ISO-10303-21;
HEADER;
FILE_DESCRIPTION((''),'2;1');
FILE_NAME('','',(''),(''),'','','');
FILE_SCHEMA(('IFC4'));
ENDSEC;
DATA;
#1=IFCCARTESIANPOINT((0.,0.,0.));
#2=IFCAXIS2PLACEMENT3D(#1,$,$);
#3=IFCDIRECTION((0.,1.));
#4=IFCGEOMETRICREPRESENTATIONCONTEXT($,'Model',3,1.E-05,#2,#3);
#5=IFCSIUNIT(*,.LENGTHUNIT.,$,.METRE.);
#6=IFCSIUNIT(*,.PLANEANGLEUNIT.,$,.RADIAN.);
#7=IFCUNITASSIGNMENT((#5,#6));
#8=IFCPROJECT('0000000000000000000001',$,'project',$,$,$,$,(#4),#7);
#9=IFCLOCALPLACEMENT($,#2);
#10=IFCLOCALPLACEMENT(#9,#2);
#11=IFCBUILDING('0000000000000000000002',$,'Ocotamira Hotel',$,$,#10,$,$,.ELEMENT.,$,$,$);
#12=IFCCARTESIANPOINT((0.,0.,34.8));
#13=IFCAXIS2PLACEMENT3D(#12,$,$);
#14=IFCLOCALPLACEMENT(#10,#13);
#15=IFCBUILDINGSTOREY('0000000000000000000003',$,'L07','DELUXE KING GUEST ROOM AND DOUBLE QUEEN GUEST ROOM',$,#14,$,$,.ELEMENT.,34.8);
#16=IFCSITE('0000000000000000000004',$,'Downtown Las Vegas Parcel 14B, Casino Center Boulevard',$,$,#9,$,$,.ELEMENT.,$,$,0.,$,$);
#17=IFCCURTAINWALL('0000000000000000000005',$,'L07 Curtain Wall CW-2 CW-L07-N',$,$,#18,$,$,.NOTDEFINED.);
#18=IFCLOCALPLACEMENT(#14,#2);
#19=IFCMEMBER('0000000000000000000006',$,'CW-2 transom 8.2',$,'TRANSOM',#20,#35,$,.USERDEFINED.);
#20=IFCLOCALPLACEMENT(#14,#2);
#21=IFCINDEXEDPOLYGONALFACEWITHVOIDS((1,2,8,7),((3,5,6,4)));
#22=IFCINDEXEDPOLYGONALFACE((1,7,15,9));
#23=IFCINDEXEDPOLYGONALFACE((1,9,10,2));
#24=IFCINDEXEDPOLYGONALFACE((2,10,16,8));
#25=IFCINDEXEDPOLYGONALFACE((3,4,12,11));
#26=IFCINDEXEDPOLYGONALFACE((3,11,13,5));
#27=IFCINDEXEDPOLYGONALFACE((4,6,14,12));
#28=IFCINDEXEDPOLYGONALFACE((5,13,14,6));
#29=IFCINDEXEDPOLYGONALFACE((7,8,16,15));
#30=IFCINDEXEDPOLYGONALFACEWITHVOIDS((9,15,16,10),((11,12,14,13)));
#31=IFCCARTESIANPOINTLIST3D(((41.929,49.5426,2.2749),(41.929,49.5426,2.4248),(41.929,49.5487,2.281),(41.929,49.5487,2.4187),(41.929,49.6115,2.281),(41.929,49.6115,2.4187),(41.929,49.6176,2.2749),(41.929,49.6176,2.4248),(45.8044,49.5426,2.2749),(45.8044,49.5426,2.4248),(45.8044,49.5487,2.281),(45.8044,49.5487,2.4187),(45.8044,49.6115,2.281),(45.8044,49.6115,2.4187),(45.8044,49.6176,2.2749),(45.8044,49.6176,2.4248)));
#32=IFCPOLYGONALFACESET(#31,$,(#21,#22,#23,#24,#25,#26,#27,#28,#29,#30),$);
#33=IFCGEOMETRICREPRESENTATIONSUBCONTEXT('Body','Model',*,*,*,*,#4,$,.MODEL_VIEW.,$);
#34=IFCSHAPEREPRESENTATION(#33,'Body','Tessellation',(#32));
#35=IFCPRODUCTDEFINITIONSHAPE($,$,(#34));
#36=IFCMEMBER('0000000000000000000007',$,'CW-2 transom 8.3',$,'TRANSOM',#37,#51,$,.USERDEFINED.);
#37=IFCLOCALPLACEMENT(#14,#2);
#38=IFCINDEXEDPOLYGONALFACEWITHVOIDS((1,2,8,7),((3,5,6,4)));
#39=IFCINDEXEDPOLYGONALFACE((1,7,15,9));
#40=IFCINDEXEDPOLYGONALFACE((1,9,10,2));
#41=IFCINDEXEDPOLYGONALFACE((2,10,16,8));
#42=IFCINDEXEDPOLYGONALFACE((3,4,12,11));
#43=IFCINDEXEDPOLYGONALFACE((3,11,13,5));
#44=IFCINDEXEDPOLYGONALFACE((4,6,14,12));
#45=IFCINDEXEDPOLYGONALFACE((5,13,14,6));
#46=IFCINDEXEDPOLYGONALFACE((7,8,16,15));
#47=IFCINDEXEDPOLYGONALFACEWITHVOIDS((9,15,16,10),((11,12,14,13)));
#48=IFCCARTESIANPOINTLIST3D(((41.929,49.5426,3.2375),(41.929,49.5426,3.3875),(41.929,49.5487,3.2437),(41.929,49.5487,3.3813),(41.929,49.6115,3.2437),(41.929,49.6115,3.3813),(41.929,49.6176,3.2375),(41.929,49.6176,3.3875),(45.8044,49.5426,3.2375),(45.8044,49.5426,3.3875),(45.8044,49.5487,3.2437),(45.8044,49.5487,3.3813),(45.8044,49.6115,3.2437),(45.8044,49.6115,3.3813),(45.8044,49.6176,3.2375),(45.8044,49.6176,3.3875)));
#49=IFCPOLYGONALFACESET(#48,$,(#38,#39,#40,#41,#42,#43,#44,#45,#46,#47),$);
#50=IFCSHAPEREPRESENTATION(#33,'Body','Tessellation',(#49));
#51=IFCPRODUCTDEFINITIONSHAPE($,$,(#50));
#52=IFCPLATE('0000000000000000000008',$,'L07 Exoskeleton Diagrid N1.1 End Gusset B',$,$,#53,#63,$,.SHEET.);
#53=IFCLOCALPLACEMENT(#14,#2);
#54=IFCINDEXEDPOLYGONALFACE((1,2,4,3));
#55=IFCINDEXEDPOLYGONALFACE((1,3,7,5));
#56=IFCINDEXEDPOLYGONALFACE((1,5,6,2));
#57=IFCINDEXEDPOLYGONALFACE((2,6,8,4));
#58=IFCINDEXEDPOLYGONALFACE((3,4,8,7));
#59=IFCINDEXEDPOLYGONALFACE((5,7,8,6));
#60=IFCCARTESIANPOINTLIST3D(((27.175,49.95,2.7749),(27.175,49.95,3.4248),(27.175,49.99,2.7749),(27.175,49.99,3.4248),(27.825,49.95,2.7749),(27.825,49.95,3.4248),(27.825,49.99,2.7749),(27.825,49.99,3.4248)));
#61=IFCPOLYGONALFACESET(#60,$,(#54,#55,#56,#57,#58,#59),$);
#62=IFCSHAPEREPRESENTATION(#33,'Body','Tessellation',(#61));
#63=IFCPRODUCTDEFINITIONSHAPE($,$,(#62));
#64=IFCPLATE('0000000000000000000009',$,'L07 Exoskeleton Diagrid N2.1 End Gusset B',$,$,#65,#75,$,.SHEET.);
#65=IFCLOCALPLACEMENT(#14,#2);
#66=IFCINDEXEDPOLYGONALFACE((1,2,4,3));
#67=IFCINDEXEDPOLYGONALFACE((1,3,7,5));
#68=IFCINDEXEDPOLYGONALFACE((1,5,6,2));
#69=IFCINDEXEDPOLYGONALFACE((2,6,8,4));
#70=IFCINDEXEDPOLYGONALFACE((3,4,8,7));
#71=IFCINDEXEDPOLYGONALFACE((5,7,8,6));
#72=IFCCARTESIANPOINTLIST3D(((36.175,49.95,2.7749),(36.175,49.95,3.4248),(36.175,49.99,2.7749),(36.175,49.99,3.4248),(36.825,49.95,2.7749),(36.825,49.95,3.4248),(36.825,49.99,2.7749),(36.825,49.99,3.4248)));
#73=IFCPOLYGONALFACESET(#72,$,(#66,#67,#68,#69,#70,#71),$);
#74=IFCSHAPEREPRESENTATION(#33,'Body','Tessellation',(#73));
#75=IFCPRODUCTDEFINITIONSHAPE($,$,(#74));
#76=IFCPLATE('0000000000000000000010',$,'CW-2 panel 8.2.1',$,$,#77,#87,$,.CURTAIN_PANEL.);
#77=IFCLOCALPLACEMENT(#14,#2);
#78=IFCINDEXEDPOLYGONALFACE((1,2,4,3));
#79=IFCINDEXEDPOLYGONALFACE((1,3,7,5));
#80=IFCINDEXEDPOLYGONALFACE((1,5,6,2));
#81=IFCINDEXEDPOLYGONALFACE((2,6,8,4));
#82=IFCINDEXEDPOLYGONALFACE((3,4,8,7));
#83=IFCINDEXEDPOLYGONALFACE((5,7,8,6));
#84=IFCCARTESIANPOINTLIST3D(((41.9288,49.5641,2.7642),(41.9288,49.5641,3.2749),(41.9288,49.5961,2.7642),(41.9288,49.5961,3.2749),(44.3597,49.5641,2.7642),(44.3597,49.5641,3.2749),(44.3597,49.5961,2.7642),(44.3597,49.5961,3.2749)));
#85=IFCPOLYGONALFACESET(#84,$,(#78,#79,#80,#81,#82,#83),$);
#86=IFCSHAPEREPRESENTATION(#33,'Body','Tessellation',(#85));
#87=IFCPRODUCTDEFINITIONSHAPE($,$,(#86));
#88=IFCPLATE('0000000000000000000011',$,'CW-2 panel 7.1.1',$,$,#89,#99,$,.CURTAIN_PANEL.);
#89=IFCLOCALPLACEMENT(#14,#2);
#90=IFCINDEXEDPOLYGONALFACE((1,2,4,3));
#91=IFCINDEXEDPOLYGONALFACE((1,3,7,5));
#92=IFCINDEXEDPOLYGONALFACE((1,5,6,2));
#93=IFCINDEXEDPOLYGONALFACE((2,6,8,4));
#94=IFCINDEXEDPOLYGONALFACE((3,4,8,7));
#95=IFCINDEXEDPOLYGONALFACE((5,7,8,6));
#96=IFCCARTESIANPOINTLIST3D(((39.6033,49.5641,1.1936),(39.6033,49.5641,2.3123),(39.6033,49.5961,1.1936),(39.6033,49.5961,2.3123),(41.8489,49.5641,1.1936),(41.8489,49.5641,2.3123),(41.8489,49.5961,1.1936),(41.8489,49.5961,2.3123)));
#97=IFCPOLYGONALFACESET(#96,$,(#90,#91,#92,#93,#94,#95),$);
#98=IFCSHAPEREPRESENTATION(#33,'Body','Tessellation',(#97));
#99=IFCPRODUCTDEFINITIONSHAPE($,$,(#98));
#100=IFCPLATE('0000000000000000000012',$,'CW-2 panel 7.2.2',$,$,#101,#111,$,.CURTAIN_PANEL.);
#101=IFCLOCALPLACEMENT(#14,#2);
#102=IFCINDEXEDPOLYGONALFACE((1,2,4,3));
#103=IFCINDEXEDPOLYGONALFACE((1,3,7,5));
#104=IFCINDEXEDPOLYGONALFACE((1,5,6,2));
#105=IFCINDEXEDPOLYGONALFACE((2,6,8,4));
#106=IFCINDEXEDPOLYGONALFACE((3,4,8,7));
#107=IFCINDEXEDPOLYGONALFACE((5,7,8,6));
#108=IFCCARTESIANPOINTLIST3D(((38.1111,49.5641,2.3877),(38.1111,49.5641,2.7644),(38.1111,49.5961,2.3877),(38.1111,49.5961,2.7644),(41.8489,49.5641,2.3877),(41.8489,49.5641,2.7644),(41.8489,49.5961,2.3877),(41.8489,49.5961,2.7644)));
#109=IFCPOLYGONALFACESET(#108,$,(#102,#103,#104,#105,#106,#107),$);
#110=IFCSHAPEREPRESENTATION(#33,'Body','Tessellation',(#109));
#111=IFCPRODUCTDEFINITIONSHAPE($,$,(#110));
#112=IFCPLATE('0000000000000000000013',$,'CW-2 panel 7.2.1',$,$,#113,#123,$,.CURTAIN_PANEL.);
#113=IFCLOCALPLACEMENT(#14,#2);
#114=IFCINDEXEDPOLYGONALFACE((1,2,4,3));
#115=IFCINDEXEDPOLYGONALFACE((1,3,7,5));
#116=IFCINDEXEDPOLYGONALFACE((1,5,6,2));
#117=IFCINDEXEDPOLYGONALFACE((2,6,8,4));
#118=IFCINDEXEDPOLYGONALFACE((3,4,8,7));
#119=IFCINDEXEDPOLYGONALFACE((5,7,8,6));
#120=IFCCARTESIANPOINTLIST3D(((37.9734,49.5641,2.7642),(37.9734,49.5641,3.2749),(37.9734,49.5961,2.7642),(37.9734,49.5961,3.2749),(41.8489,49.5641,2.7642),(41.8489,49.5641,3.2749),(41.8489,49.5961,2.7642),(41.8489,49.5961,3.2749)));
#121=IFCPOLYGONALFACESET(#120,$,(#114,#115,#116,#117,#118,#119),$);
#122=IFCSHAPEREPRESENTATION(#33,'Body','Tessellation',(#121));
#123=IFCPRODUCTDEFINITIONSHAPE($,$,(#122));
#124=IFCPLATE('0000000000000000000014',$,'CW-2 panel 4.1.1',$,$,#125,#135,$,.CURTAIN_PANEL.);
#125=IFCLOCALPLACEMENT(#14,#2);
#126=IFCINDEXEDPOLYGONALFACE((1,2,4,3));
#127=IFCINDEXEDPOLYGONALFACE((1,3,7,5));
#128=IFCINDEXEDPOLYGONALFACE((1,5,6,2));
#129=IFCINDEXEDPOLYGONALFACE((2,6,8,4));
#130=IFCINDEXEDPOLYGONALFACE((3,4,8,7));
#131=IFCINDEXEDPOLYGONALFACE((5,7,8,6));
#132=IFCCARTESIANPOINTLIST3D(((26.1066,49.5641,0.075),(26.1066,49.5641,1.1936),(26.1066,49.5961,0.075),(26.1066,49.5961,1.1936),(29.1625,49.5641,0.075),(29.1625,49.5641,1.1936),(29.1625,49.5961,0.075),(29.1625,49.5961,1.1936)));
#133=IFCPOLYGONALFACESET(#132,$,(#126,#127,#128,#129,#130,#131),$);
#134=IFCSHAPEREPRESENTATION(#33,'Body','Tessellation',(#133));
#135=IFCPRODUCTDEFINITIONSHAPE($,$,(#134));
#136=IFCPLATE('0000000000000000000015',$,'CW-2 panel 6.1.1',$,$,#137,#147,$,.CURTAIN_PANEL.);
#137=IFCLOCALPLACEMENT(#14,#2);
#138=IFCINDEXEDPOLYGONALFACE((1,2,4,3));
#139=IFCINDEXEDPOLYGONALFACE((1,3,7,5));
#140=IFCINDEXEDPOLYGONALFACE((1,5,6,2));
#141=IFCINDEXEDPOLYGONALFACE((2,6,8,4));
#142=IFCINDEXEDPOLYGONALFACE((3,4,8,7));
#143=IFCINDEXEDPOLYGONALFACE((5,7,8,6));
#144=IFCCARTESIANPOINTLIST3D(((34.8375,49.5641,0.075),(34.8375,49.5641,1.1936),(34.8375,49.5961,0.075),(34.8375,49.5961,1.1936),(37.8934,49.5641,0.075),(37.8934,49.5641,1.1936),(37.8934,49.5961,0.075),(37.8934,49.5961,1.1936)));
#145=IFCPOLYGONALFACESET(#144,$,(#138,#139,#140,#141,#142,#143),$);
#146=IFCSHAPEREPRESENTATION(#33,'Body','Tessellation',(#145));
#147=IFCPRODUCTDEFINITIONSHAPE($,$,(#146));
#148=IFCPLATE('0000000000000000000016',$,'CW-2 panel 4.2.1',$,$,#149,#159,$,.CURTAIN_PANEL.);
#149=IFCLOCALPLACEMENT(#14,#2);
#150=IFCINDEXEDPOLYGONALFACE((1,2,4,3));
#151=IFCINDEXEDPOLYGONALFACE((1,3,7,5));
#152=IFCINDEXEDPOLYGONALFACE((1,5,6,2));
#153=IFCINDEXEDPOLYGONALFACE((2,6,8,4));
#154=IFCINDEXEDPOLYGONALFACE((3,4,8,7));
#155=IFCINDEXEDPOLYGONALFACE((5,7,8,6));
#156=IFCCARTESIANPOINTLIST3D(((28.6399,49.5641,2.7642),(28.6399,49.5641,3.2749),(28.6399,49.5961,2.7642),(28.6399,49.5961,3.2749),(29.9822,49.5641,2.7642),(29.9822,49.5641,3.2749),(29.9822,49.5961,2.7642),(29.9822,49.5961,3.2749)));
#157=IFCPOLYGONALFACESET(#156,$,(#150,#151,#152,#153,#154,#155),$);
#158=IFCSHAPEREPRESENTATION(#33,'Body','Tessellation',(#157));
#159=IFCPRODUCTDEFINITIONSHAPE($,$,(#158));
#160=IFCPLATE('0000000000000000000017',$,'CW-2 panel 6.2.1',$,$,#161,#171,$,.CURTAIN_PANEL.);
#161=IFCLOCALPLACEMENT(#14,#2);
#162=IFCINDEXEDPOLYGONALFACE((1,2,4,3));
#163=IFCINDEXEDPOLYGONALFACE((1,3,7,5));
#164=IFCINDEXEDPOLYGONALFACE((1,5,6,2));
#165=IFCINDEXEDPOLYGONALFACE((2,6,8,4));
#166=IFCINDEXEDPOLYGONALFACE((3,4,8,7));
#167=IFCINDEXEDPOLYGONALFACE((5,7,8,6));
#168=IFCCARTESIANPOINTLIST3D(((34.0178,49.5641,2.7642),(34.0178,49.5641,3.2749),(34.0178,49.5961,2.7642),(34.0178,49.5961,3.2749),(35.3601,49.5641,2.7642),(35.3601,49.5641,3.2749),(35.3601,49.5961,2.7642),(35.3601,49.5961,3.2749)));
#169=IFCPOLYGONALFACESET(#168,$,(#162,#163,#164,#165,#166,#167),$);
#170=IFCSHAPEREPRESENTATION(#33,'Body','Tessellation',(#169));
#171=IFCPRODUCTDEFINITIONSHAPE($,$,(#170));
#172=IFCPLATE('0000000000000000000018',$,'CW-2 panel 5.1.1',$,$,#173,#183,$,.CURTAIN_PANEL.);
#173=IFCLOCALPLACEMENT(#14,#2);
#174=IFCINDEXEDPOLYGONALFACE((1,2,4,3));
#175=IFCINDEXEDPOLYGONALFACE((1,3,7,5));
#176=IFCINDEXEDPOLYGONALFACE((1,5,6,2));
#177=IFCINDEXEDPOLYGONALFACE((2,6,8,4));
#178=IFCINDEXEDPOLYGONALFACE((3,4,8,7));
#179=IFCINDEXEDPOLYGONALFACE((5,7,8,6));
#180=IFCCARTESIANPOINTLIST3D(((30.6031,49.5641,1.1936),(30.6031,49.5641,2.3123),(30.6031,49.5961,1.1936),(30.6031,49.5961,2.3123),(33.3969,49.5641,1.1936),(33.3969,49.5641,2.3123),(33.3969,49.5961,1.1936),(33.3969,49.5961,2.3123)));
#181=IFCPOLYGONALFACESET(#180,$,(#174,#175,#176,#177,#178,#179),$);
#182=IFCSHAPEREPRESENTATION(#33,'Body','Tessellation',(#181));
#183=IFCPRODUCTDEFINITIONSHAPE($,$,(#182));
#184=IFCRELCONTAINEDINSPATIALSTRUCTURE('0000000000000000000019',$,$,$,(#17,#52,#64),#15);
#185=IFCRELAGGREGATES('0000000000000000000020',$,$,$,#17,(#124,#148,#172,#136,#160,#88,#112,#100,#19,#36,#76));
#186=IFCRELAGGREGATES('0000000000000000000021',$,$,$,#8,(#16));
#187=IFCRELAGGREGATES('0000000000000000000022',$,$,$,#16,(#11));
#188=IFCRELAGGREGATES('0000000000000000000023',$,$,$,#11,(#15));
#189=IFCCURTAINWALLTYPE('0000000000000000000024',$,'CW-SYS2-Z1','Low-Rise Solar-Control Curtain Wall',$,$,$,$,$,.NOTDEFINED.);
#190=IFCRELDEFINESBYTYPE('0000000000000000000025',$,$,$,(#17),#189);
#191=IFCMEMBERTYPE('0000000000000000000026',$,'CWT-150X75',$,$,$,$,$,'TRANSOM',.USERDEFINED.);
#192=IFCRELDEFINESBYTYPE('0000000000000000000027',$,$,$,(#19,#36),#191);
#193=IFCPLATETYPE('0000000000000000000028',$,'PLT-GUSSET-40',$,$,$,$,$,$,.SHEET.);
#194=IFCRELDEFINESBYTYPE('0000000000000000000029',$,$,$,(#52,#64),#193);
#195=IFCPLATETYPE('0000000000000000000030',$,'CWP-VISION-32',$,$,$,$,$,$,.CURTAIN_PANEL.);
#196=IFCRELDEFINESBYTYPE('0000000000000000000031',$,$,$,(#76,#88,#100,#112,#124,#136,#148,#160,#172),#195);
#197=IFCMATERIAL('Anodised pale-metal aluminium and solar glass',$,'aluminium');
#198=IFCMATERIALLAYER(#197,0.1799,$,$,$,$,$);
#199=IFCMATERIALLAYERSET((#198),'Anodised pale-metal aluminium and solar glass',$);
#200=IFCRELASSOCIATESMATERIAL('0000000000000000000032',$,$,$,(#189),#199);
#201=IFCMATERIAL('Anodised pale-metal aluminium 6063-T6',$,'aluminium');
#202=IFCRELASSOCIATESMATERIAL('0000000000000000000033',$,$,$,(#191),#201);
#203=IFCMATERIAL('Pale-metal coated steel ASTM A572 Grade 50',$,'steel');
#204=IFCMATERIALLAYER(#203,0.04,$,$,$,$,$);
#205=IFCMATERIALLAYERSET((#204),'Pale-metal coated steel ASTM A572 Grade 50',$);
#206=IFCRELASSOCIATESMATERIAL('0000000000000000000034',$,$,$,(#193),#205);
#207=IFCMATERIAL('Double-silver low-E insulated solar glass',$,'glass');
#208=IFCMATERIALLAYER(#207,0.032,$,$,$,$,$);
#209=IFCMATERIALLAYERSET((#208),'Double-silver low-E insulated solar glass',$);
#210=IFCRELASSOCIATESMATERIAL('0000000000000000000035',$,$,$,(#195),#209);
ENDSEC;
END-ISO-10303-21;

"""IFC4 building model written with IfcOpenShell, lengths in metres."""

from ifc_helpers import new_model, si_unit, direction, frame, origin, origin_2d, place, context, subcontext, project, spatial, rectangle, hollow_rectangle, extrude, source, transform, mapped, material, layer, layer_set, material_profile, profile_set, type_object, element, aggregate, save


model = new_model("IFC4")

# Units and contexts
model_context = context("Model", 3, precision=1e-05, world=origin(), true_north=direction((0.0, 1.0)))
body_context = subcontext(model_context, "Body", "Model", "MODEL_VIEW")
ifc_project = project(units=[si_unit("LENGTHUNIT", "METRE"), si_unit("PLANEANGLEUNIT", "RADIAN")], contexts=[model_context])

# Site, building, storey
site_placement = place(None, origin())
site = spatial("IfcSite", under=ifc_project, at=site_placement, Name="Downtown Las Vegas Parcel 14B, Casino Center Boulevard", CompositionType="ELEMENT", RefElevation=0.0)
building_placement = place(site_placement, origin())
building = spatial("IfcBuilding", under=site, at=building_placement, Name="Ocotamira Hotel", CompositionType="ELEMENT")
storey_placement = place(building_placement, frame((0.0, 0.0, 34.8)))
storey = spatial("IfcBuildingStorey", under=building, at=storey_placement, Name="L07", Description="DELUXE KING GUEST ROOM AND DOUBLE QUEEN GUEST ROOM", CompositionType="ELEMENT", Elevation=34.8)

# Curtain wall, members
ifc_material_1 = material(Name="Anodised pale-metal aluminium and solar glass", Category="aluminium")
ifc_layer_1 = layer(ifc_material_1, 0.1799)
ifc_layer_set_1 = layer_set([ifc_layer_1], Name="Anodised pale-metal aluminium and solar glass")
curtain_wall_type = type_object("IfcCurtainWallType", Name="CW-SYS2-Z1", Description="Low-Rise Solar-Control Curtain Wall", PredefinedType="NOTDEFINED", material=ifc_layer_set_1)
curtain_wall_placement = place(storey_placement, origin())
curtain_wall = element("IfcCurtainWall", 1, at=curtain_wall_placement, inside=storey, type_object=curtain_wall_type, Name="L07 Curtain Wall CW-2 CW-L07-N", PredefinedType="NOTDEFINED")
ifc_material_2 = material(Name="Anodised pale-metal aluminium 6063-T6", Category="aluminium")
ifc_material_profile_1 = material_profile(ifc_material_2, hollow_rectangle(XDim=0.075, YDim=0.1499, WallThickness=0.0061, at=origin_2d()), Name="HSS150X75X6")
ifc_profile_set_1 = profile_set([ifc_material_profile_1], Name="Anodised pale-metal aluminium 6063-T6")
member_type_1 = type_object("IfcMemberType", Name="CWT-150X75", ElementType="TRANSOM", PredefinedType="USERDEFINED", material=ifc_profile_set_1)
shared_shape_1 = source(origin(), body_context, "Body", "SweptSolid", [
    extrude(hollow_rectangle(XDim=0.075, YDim=0.1499, WallThickness=0.0061, at=origin_2d()), origin(), (0.0, 0.0, 1.0), 3.8755),
])
member_1_placement = place(storey_placement, frame((41.929, 49.5801, 2.3499), z_axis=(1.0, 0.0, 0.0), x_axis=(0.0, 1.0, 0.0)))
member_1 = element("IfcMember", 2, at=member_1_placement, type_object=member_type_1, Name="CW-2 transom 8.2", ObjectType="TRANSOM", PredefinedType="USERDEFINED", context=body_context, shape_type="MappedRepresentation", body=[
    mapped(shared_shape_1, transform((0.0, 0.0, 0.0), scale=1.0)),
])
member_2_placement = place(storey_placement, frame((41.929, 49.5801, 3.3125), z_axis=(1.0, 0.0, 0.0), x_axis=(0.0, 1.0, 0.0)))
member_2 = element("IfcMember", 3, at=member_2_placement, type_object=member_type_1, Name="CW-2 transom 8.3", ObjectType="TRANSOM", PredefinedType="USERDEFINED", context=body_context, shape_type="MappedRepresentation", body=[
    mapped(shared_shape_1, transform((0.0, 0.0, 0.0), scale=1.0)),
])

# Plates
ifc_material_3 = material(Name="Pale-metal coated steel ASTM A572 Grade 50", Category="steel")
ifc_layer_2 = layer(ifc_material_3, 0.04)
ifc_layer_set_2 = layer_set([ifc_layer_2], Name="Pale-metal coated steel ASTM A572 Grade 50")
plate_type_1 = type_object("IfcPlateType", Name="PLT-GUSSET-40", PredefinedType="SHEET", material=ifc_layer_set_2)
shared_shape_2 = source(origin(), body_context, "Body", "SweptSolid", [
    extrude(rectangle(XDim=0.6499, YDim=0.04, at=origin_2d()), origin(), (0.0, 0.0, 1.0), 0.6499),
])
for number, where, z_axis, x_axis, name in (
    (4, (27.5, 49.97, 2.7749), (0.0, 0.0, 1.0), (1.0, 0.0, 0.0), "L07 Exoskeleton Diagrid N1.1 End Gusset B"),
    (5, (36.5, 49.97, 2.7749), (0.0, 0.0, 1.0), (1.0, 0.0, 0.0), "L07 Exoskeleton Diagrid N2.1 End Gusset B"),
):
    element("IfcPlate", number, at=place(storey_placement, frame(where, z_axis=z_axis, x_axis=x_axis)), inside=storey, type_object=plate_type_1, Name=name, PredefinedType="SHEET", context=body_context, shape_type="MappedRepresentation", body=[
        mapped(shared_shape_2, transform((0.0, 0.0, 0.0), scale=1.0)),
    ])

# Plates
ifc_material_4 = material(Name="Double-silver low-E insulated solar glass", Category="glass")
ifc_layer_3 = layer(ifc_material_4, 0.032)
ifc_layer_set_3 = layer_set([ifc_layer_3], Name="Double-silver low-E insulated solar glass")
plate_type_2 = type_object("IfcPlateType", Name="CWP-VISION-32", PredefinedType="CURTAIN_PANEL", material=ifc_layer_set_3)
shared_shape_3 = source(origin(), body_context, "Body", "SweptSolid", [
    extrude(rectangle(XDim=2.4309, YDim=0.032, at=origin_2d()), origin(), (0.0, 0.0, 1.0), 0.5107),
])
plate_1_placement = place(storey_placement, frame((43.1443, 49.5801, 2.7642), z_axis=(0.0, 0.0, 1.0), x_axis=(1.0, 0.0, 0.0)))
plate_1 = element("IfcPlate", 6, at=plate_1_placement, type_object=plate_type_2, Name="CW-2 panel 8.2.1", PredefinedType="CURTAIN_PANEL", context=body_context, shape_type="MappedRepresentation", body=[
    mapped(shared_shape_3, transform((0.0, 0.0, 0.0), scale=1.0)),
])
shared_shape_4 = source(origin(), body_context, "Body", "SweptSolid", [
    extrude(rectangle(XDim=2.2456, YDim=0.032, at=origin_2d()), origin(), (0.0, 0.0, 1.0), 1.1187),
])
plate_2_placement = place(storey_placement, frame((40.7261, 49.5801, 1.1936), z_axis=(0.0, 0.0, 1.0), x_axis=(1.0, 0.0, 0.0)))
plate_2 = element("IfcPlate", 7, at=plate_2_placement, type_object=plate_type_2, Name="CW-2 panel 7.1.1", PredefinedType="CURTAIN_PANEL", context=body_context, shape_type="MappedRepresentation", body=[
    mapped(shared_shape_4, transform((0.0, 0.0, 0.0), scale=1.0)),
])
shared_shape_5 = source(origin(), body_context, "Body", "SweptSolid", [
    extrude(rectangle(XDim=3.7378, YDim=0.032, at=origin_2d()), origin(), (0.0, 0.0, 1.0), 0.3767),
])
plate_3_placement = place(storey_placement, frame((39.98, 49.5801, 2.3877), z_axis=(0.0, 0.0, 1.0), x_axis=(1.0, 0.0, 0.0)))
plate_3 = element("IfcPlate", 8, at=plate_3_placement, type_object=plate_type_2, Name="CW-2 panel 7.2.2", PredefinedType="CURTAIN_PANEL", context=body_context, shape_type="MappedRepresentation", body=[
    mapped(shared_shape_5, transform((0.0, 0.0, 0.0), scale=1.0)),
])
shared_shape_6 = source(origin(), body_context, "Body", "SweptSolid", [
    extrude(rectangle(XDim=3.8755, YDim=0.032, at=origin_2d()), origin(), (0.0, 0.0, 1.0), 0.5107),
])
plate_4_placement = place(storey_placement, frame((39.9111, 49.5801, 2.7642), z_axis=(0.0, 0.0, 1.0), x_axis=(1.0, 0.0, 0.0)))
plate_4 = element("IfcPlate", 9, at=plate_4_placement, type_object=plate_type_2, Name="CW-2 panel 7.2.1", PredefinedType="CURTAIN_PANEL", context=body_context, shape_type="MappedRepresentation", body=[
    mapped(shared_shape_6, transform((0.0, 0.0, 0.0), scale=1.0)),
])
shared_shape_7 = source(origin(), body_context, "Body", "SweptSolid", [
    extrude(rectangle(XDim=3.0559, YDim=0.032, at=origin_2d()), origin(), (0.0, 0.0, 1.0), 1.1187),
])
plate_5_placement = place(storey_placement, frame((27.6345, 49.5801, 0.075), z_axis=(0.0, 0.0, 1.0), x_axis=(1.0, 0.0, 0.0)))
plate_5 = element("IfcPlate", 10, at=plate_5_placement, type_object=plate_type_2, Name="CW-2 panel 4.1.1", PredefinedType="CURTAIN_PANEL", context=body_context, shape_type="MappedRepresentation", body=[
    mapped(shared_shape_7, transform((0.0, 0.0, 0.0), scale=1.0)),
])
plate_6_placement = place(storey_placement, frame((36.3655, 49.5801, 0.075), z_axis=(0.0, 0.0, 1.0), x_axis=(1.0, 0.0, 0.0)))
plate_6 = element("IfcPlate", 11, at=plate_6_placement, type_object=plate_type_2, Name="CW-2 panel 6.1.1", PredefinedType="CURTAIN_PANEL", context=body_context, shape_type="MappedRepresentation", body=[
    mapped(shared_shape_7, transform((0.0, 0.0, 0.0), scale=1.0)),
])
shared_shape_8 = source(origin(), body_context, "Body", "SweptSolid", [
    extrude(rectangle(XDim=1.3423, YDim=0.032, at=origin_2d()), origin(), (0.0, 0.0, 1.0), 0.5107),
])
plate_7_placement = place(storey_placement, frame((29.311, 49.5801, 2.7642), z_axis=(0.0, 0.0, 1.0), x_axis=(1.0, 0.0, 0.0)))
plate_7 = element("IfcPlate", 12, at=plate_7_placement, type_object=plate_type_2, Name="CW-2 panel 4.2.1", PredefinedType="CURTAIN_PANEL", context=body_context, shape_type="MappedRepresentation", body=[
    mapped(shared_shape_8, transform((0.0, 0.0, 0.0), scale=1.0)),
])
plate_8_placement = place(storey_placement, frame((34.689, 49.5801, 2.7642), z_axis=(0.0, 0.0, 1.0), x_axis=(1.0, 0.0, 0.0)))
plate_8 = element("IfcPlate", 13, at=plate_8_placement, type_object=plate_type_2, Name="CW-2 panel 6.2.1", PredefinedType="CURTAIN_PANEL", context=body_context, shape_type="MappedRepresentation", body=[
    mapped(shared_shape_8, transform((0.0, 0.0, 0.0), scale=1.0)),
])
shared_shape_9 = source(origin(), body_context, "Body", "SweptSolid", [
    extrude(rectangle(XDim=2.7937, YDim=0.032, at=origin_2d()), origin(), (0.0, 0.0, 1.0), 1.1187),
])
plate_9_placement = place(storey_placement, frame((32.0, 49.5801, 1.1936), z_axis=(0.0, 0.0, 1.0), x_axis=(1.0, 0.0, 0.0)))
plate_9 = element("IfcPlate", 14, at=plate_9_placement, type_object=plate_type_2, Name="CW-2 panel 5.1.1", PredefinedType="CURTAIN_PANEL", context=body_context, shape_type="MappedRepresentation", body=[
    mapped(shared_shape_9, transform((0.0, 0.0, 0.0), scale=1.0)),
])
aggregate(curtain_wall, [plate_5, plate_7, plate_9, plate_6, plate_8, plate_2, plate_4, plate_3, member_1, member_2, plate_1])

save(model, "model.ifc")
